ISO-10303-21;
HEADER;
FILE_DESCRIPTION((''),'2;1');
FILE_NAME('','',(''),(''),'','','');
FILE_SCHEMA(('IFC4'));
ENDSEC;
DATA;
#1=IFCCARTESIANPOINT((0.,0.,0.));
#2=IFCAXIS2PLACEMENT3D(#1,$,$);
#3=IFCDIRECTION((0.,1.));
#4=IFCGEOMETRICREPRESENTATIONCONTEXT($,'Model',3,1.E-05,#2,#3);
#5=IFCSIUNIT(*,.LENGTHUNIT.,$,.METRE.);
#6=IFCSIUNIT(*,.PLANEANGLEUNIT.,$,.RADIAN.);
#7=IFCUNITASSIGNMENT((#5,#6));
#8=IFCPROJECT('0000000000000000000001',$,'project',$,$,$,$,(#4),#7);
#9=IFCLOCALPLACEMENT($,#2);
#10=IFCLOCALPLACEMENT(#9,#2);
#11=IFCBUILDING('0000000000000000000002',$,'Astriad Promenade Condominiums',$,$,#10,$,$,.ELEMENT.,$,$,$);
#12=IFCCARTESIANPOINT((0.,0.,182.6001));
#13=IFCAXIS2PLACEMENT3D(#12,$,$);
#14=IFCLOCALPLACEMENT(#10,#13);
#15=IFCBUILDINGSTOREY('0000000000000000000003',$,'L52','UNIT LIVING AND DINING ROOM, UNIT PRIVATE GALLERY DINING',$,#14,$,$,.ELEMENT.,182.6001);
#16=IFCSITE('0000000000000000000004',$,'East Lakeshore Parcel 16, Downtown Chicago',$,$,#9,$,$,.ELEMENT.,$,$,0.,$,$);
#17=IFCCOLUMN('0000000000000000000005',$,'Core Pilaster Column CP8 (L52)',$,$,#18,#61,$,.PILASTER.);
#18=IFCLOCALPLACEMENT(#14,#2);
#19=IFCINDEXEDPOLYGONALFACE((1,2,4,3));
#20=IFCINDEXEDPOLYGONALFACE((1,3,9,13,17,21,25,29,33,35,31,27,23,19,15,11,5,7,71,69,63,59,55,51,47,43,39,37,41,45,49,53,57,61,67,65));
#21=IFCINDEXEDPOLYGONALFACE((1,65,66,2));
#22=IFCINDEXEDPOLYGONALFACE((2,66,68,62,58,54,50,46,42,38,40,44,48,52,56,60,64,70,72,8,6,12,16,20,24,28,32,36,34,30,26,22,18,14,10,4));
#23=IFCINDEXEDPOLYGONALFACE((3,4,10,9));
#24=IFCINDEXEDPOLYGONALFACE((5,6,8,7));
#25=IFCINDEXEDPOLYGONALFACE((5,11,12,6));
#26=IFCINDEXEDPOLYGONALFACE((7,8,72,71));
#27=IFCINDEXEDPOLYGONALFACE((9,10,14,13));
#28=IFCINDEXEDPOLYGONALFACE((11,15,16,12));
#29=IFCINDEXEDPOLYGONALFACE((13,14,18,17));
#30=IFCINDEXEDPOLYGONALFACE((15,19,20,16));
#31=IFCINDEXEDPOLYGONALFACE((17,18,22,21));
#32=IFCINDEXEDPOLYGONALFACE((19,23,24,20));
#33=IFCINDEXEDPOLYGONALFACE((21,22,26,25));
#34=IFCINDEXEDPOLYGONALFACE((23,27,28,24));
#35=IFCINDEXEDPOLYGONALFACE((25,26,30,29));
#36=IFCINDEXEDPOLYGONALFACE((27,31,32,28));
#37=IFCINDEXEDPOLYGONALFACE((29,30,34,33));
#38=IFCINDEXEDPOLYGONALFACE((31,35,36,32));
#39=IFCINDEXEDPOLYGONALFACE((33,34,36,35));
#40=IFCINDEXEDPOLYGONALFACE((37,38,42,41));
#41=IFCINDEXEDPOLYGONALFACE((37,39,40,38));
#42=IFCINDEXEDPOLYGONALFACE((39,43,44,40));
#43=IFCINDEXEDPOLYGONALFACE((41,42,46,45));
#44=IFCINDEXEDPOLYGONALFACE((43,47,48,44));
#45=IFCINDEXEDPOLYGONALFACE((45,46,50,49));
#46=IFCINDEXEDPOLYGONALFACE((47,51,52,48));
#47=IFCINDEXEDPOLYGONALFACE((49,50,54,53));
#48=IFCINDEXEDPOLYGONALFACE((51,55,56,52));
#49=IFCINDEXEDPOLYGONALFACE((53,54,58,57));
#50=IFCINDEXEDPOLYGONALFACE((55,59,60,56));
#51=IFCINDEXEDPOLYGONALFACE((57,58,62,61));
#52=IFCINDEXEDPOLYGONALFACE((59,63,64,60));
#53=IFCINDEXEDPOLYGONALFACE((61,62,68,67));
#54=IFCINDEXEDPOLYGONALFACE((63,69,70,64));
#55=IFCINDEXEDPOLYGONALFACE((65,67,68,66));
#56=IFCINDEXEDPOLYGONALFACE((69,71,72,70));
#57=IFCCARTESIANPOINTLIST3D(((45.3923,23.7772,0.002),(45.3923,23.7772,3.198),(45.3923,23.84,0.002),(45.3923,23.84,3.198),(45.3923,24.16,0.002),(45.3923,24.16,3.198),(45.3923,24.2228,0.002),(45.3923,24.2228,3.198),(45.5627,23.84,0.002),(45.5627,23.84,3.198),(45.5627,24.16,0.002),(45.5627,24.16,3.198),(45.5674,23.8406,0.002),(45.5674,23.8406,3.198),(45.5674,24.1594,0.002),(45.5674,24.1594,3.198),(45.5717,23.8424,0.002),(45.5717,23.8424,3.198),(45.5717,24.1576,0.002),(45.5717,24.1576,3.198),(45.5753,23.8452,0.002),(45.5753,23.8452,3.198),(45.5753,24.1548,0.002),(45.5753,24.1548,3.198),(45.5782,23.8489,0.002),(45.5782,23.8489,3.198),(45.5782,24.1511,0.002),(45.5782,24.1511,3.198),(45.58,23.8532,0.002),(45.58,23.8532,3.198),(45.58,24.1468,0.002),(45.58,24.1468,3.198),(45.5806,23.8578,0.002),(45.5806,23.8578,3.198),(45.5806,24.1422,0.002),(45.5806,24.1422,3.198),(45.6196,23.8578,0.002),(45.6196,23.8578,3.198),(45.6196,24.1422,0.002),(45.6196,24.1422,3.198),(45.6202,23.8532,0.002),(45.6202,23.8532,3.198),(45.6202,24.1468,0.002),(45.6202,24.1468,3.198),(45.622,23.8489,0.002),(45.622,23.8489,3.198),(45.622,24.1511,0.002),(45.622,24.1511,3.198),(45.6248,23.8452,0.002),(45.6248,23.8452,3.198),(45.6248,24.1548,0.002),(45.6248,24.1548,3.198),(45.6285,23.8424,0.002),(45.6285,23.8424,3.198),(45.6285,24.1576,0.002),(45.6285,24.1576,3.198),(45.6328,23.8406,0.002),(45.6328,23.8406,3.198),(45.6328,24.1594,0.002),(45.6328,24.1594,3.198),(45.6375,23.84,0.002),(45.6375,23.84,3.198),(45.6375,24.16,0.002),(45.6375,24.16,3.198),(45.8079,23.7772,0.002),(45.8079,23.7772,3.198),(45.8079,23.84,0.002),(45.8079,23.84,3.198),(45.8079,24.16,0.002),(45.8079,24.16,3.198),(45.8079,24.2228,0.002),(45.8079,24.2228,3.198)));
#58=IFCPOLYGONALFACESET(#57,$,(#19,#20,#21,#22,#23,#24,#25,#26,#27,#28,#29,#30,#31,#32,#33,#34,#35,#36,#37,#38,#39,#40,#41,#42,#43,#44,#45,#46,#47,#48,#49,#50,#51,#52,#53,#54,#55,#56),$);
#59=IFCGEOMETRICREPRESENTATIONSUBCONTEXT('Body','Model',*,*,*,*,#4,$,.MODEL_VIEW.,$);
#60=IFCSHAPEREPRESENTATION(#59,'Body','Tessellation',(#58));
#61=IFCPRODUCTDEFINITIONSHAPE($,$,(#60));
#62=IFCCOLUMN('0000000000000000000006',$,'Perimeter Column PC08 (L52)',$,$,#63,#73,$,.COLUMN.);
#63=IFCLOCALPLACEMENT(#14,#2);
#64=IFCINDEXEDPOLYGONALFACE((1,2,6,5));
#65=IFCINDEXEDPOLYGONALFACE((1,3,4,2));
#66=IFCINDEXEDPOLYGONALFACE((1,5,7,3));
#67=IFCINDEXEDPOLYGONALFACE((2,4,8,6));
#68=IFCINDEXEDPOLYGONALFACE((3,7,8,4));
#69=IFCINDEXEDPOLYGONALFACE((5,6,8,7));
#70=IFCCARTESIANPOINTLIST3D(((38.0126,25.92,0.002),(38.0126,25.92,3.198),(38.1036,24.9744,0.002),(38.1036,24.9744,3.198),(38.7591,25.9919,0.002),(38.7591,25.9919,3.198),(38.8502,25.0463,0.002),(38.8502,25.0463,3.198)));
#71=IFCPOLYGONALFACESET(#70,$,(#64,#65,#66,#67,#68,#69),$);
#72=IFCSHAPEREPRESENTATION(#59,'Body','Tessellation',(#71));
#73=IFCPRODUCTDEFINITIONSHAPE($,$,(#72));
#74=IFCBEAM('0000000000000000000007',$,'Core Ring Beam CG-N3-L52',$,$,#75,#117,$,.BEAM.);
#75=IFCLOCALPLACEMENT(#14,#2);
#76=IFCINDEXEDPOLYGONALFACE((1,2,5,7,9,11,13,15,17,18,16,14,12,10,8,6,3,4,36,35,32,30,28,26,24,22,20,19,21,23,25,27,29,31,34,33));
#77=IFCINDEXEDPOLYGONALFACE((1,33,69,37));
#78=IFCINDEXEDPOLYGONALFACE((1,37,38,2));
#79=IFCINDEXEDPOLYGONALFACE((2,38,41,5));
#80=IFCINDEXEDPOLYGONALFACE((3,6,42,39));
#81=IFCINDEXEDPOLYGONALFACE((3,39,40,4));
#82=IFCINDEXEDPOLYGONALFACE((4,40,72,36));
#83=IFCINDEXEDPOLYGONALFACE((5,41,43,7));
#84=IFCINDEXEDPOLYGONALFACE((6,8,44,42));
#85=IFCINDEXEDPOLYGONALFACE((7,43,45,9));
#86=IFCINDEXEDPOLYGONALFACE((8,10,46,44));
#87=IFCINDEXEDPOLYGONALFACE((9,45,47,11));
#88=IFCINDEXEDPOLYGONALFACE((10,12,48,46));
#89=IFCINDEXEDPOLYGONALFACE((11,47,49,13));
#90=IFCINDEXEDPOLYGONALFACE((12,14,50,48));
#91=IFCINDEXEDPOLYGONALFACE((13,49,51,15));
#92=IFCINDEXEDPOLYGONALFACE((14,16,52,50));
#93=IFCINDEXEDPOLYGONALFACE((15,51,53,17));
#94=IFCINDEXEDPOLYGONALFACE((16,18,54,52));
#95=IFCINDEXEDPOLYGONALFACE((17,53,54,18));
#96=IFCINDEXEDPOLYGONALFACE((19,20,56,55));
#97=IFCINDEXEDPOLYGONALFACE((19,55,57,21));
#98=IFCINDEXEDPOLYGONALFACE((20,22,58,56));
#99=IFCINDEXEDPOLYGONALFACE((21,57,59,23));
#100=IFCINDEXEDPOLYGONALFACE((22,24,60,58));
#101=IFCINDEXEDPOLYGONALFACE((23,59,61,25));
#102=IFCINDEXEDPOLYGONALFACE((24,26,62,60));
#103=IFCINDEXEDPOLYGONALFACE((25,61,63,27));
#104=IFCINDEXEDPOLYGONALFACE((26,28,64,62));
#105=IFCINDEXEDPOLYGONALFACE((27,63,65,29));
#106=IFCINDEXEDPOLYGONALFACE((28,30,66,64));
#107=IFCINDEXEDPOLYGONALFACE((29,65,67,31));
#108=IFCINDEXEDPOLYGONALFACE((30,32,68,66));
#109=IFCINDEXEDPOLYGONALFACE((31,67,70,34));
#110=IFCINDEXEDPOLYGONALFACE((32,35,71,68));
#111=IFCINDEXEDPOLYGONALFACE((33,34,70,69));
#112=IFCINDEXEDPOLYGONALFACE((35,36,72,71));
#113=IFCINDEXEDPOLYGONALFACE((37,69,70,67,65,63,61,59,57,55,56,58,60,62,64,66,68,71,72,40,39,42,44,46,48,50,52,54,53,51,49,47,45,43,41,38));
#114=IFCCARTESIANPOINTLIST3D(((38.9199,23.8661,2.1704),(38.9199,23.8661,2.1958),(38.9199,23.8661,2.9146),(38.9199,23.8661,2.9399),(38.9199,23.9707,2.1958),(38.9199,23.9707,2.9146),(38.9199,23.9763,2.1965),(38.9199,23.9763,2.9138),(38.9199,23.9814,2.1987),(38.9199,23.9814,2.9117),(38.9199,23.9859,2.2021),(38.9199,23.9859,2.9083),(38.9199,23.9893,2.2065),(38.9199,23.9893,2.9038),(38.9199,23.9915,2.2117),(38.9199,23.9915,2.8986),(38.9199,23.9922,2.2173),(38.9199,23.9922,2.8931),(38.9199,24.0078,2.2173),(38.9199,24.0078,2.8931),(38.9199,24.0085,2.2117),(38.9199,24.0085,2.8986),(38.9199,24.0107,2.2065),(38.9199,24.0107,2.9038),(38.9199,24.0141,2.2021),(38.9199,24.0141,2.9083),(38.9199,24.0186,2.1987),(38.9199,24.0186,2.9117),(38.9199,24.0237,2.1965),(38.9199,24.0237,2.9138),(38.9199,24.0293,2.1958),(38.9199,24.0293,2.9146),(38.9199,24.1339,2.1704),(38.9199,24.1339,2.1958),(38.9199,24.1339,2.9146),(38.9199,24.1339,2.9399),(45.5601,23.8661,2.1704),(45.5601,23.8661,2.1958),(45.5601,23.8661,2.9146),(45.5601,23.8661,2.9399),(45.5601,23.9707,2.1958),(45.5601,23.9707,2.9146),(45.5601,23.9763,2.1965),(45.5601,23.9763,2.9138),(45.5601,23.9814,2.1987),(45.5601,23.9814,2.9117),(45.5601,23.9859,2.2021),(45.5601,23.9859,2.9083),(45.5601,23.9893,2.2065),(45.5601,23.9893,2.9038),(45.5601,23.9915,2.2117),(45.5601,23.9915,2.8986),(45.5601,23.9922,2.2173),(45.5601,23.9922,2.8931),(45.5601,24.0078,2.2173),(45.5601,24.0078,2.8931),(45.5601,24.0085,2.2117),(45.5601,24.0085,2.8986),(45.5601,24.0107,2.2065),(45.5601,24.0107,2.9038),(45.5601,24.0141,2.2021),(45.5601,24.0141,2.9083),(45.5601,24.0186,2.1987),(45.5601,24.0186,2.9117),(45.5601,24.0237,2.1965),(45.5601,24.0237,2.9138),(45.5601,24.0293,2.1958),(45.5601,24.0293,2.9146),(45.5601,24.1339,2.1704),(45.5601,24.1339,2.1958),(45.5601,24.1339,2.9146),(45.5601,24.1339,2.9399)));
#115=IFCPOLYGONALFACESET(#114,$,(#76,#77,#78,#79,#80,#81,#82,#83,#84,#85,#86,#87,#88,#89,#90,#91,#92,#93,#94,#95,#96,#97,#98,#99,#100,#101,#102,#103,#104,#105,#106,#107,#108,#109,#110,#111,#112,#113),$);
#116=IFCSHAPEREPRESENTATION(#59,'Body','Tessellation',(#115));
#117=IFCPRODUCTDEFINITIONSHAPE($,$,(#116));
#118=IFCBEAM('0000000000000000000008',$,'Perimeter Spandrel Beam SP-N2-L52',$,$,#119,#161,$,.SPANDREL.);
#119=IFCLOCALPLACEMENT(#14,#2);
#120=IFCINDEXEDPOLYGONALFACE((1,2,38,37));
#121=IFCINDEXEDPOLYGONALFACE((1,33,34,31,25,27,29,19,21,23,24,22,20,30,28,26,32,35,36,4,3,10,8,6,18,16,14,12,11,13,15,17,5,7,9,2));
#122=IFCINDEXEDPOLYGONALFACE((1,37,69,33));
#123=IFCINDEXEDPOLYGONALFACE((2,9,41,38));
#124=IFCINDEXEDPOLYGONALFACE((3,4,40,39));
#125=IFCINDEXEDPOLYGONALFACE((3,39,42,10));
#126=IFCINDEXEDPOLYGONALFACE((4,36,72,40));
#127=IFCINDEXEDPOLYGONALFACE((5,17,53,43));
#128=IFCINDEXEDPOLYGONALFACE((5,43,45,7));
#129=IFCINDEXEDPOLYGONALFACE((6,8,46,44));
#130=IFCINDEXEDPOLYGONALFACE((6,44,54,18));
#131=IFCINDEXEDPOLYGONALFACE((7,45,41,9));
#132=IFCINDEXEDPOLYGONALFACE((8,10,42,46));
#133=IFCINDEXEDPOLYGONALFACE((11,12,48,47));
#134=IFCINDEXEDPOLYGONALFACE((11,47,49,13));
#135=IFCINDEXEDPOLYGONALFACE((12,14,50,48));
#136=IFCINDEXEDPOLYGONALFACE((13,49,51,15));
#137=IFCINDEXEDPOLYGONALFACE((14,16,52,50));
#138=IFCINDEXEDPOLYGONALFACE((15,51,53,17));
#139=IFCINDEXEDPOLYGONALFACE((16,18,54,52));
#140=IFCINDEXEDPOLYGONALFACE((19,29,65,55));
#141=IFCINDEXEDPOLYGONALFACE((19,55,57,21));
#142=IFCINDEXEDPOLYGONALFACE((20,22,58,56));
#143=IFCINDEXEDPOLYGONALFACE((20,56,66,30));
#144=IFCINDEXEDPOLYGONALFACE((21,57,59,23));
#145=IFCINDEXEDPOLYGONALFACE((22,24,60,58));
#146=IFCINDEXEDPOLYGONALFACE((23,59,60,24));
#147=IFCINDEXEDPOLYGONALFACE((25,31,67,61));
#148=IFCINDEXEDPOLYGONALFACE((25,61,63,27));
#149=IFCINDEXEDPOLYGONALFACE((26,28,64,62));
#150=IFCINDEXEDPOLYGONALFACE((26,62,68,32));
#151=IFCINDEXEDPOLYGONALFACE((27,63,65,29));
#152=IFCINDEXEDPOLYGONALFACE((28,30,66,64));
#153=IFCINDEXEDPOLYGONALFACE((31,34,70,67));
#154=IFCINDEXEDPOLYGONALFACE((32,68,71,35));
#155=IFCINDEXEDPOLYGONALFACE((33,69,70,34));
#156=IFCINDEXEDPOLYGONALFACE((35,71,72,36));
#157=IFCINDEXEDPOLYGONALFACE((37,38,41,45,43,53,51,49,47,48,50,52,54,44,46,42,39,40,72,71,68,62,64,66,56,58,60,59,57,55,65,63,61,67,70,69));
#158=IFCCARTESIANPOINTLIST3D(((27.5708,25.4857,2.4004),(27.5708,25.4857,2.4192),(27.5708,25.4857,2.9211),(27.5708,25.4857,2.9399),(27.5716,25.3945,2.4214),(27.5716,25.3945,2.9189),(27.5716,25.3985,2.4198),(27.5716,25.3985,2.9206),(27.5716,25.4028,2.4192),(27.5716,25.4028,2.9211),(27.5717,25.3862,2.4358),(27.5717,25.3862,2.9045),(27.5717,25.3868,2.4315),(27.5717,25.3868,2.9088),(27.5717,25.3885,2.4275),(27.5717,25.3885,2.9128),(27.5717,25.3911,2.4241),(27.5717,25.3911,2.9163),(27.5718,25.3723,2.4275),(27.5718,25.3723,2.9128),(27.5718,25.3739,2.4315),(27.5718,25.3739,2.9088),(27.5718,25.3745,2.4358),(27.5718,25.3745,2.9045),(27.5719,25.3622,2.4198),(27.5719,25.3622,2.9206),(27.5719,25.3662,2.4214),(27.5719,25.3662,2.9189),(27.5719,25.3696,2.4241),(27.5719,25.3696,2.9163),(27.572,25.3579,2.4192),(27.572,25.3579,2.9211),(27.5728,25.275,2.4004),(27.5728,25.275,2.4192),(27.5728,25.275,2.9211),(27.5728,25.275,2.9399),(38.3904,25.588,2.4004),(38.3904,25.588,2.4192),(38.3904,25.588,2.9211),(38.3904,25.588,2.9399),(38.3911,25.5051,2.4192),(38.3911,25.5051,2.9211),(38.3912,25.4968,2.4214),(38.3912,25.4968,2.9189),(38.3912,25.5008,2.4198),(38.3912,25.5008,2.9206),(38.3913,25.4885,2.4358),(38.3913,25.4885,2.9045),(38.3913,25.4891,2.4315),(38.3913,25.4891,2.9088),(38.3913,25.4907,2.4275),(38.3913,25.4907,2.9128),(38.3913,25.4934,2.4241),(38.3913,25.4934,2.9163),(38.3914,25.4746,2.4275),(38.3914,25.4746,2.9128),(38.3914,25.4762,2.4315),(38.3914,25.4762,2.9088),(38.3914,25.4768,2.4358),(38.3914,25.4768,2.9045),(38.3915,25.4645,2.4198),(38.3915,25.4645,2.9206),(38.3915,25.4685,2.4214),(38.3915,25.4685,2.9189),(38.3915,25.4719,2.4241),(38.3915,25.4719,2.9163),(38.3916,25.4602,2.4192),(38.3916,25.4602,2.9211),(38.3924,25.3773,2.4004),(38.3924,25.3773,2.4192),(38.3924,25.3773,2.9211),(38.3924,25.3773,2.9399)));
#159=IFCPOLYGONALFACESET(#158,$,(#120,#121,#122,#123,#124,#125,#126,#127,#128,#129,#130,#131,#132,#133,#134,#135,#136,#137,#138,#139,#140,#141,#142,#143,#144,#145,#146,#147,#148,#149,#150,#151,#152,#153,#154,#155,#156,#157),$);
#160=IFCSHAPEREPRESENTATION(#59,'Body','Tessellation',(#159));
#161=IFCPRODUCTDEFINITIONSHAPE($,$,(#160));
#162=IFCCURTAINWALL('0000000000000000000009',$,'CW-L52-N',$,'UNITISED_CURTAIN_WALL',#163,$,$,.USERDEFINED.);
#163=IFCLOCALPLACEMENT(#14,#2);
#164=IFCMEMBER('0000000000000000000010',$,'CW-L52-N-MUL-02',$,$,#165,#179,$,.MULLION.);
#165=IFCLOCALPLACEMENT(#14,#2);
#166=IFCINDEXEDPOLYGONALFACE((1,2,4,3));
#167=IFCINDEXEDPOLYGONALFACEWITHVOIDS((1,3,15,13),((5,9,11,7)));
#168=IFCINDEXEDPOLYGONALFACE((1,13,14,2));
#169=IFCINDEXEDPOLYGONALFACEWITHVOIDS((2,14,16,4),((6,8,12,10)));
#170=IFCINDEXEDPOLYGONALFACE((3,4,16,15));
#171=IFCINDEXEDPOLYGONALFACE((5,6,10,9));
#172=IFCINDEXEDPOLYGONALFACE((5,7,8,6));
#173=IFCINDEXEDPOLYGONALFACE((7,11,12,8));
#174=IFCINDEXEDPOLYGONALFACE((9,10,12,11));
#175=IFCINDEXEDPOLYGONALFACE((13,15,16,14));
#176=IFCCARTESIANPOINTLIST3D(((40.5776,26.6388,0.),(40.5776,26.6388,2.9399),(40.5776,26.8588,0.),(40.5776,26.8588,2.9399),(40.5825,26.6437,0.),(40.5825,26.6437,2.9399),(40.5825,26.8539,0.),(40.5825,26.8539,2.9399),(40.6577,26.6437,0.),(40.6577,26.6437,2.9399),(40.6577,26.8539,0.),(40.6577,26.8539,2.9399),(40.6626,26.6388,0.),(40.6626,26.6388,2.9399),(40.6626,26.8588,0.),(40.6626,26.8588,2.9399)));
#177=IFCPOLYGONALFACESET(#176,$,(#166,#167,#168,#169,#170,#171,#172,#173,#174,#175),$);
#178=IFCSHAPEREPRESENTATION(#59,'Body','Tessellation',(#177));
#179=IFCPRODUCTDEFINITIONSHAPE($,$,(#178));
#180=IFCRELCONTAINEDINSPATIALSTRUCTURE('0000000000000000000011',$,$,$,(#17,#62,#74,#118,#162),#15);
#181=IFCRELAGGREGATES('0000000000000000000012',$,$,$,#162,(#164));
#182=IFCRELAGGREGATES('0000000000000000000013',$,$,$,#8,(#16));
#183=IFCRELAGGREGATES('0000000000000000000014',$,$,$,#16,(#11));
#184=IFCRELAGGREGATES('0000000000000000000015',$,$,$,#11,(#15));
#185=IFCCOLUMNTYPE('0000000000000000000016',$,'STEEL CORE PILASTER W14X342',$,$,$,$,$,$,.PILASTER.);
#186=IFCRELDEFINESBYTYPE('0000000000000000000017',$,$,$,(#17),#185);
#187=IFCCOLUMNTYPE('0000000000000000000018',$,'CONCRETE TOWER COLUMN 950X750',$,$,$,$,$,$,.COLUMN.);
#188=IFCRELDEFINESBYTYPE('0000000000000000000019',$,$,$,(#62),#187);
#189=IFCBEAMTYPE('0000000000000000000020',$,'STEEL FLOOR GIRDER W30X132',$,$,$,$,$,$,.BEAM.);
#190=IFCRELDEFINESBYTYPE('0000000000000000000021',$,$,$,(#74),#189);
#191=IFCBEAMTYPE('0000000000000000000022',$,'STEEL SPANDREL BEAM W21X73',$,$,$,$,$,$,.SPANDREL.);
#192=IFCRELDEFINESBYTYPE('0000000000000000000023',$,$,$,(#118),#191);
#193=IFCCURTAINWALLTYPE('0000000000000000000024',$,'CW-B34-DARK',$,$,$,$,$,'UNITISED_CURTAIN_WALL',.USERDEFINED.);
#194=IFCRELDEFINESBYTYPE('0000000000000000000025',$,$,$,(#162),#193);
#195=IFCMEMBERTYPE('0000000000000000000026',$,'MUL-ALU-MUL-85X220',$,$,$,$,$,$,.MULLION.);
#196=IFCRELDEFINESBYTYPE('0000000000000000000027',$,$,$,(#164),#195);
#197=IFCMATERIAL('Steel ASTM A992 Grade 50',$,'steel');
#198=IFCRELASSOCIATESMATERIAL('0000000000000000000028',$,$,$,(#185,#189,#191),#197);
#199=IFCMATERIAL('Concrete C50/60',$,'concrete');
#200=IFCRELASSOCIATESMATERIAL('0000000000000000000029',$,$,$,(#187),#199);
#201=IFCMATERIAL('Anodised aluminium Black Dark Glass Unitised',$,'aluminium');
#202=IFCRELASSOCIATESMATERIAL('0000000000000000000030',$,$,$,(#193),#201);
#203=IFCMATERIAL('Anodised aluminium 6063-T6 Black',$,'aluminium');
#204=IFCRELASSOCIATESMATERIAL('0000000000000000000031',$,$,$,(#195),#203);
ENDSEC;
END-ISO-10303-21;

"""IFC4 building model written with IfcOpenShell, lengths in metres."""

from ifc_helpers import new_model, si_unit, direction, frame, origin, origin_2d, place, context, subcontext, project, spatial, rectangle, hollow_rectangle, i_section, extrude, source, transform, mapped, material, material_profile, profile_set, type_object, type_shapes, element, aggregate, save


model = new_model("IFC4")

# Units and contexts
model_context = context("Model", 3, precision=1e-05, world=origin(), true_north=direction((0.0, 1.0)))
body_context = subcontext(model_context, "Body", "Model", "MODEL_VIEW")
ifc_project = project(units=[si_unit("LENGTHUNIT", "METRE"), si_unit("PLANEANGLEUNIT", "RADIAN")], contexts=[model_context])

# Site, building, storey
site_placement = place(None, origin())
site = spatial("IfcSite", under=ifc_project, at=site_placement, Name="East Lakeshore Parcel 16, Downtown Chicago", CompositionType="ELEMENT", RefElevation=0.0)
building_placement = place(site_placement, origin())
building = spatial("IfcBuilding", under=site, at=building_placement, Name="Astriad Promenade Condominiums", CompositionType="ELEMENT")
storey_placement = place(building_placement, frame((0.0, 0.0, 182.6001)))
storey = spatial("IfcBuildingStorey", under=building, at=storey_placement, Name="L52", Description="UNIT LIVING AND DINING ROOM, UNIT PRIVATE GALLERY DINING", CompositionType="ELEMENT", Elevation=182.6001)

# Columns
ifc_material_1 = material(Name="Steel ASTM A992 Grade 50", Category="steel")
ifc_material_profile_1 = material_profile(ifc_material_1, i_section(OverallWidth=0.4155, OverallDepth=0.4456, WebThickness=0.0391, FlangeThickness=0.0627, FilletRadius=0.0178, at=origin_2d()), Name="W14X342")
ifc_profile_set_1 = profile_set([ifc_material_profile_1], Name="Steel ASTM A992 Grade 50")
column_type_1 = type_object("IfcColumnType", Name="STEEL CORE PILASTER W14X342", PredefinedType="PILASTER", material=ifc_profile_set_1)
shared_shape_1 = source(origin(), body_context, "Body", "SweptSolid", [
    extrude(i_section(OverallWidth=0.4155, OverallDepth=0.4456, WebThickness=0.0391, FlangeThickness=0.0627, FilletRadius=0.0178, at=origin_2d()), origin(), (0.0, 0.0, 1.0), 3.196),
])
type_shapes(column_type_1, [shared_shape_1])
column_1_placement = place(storey_placement, frame((45.6001, 24.0, 0.002), z_axis=(0.0, 0.0, 1.0), x_axis=(1.0, 0.0, 0.0)))
element("IfcColumn", 1, at=column_1_placement, inside=storey, type_object=column_type_1, Name="Core Pilaster Column CP8 (L52)", PredefinedType="PILASTER", context=body_context, shape_type="MappedRepresentation", body=[
    mapped(shared_shape_1, transform((0.0, 0.0, 0.0), scale=1.0)),
])
ifc_material_2 = material(Name="Concrete C50/60", Category="concrete")
ifc_material_profile_2 = material_profile(ifc_material_2, rectangle(XDim=0.75, YDim=0.95, at=origin_2d()), Name="RC-COL-950X750")
ifc_profile_set_2 = profile_set([ifc_material_profile_2], Name="Concrete C50/60")
column_type_2 = type_object("IfcColumnType", Name="CONCRETE TOWER COLUMN 950X750", PredefinedType="COLUMN", material=ifc_profile_set_2)
shared_shape_2 = source(origin(), body_context, "Body", "SweptSolid", [
    extrude(rectangle(XDim=0.75, YDim=0.95, at=origin_2d()), origin(), (0.0, 0.0, 1.0), 3.196),
])
type_shapes(column_type_2, [shared_shape_2])
column_2_placement = place(storey_placement, frame((38.4314, 25.4832, 0.002), z_axis=(0.0, 0.0, 1.0), x_axis=(0.995396, 0.095846, 0.0)))
element("IfcColumn", 2, at=column_2_placement, inside=storey, type_object=column_type_2, Name="Perimeter Column PC08 (L52)", PredefinedType="COLUMN", context=body_context, shape_type="MappedRepresentation", body=[
    mapped(shared_shape_2, transform((0.0, 0.0, 0.0), scale=1.0)),
])

# Beams
ifc_material_profile_3 = material_profile(ifc_material_1, i_section(OverallWidth=0.2678, OverallDepth=0.7695, WebThickness=0.0156, FlangeThickness=0.0254, FilletRadius=0.0215, at=origin_2d()), Name="W30X132")
ifc_profile_set_3 = profile_set([ifc_material_profile_3], Name="Steel ASTM A992 Grade 50")
beam_type_1 = type_object("IfcBeamType", Name="STEEL FLOOR GIRDER W30X132", PredefinedType="BEAM", material=ifc_profile_set_3)
shared_shape_3 = source(origin(), body_context, "Body", "SweptSolid", [
    extrude(i_section(OverallWidth=0.2678, OverallDepth=0.7695, WebThickness=0.0156, FlangeThickness=0.0254, FilletRadius=0.0215, at=origin_2d()), origin(), (0.0, 0.0, 1.0), 6.6401),
])
type_shapes(beam_type_1, [shared_shape_3])
beam_1_placement = place(storey_placement, frame((38.9199, 24.0, 2.5552), z_axis=(1.0, 0.0, 0.0), x_axis=(0.0, 1.0, 0.0)))
element("IfcBeam", 3, at=beam_1_placement, inside=storey, type_object=beam_type_1, Name="Core Ring Beam CG-N3-L52", PredefinedType="BEAM", context=body_context, shape_type="MappedRepresentation", body=[
    mapped(shared_shape_3, transform((0.0, 0.0, 0.0), scale=1.0)),
])
ifc_material_profile_4 = material_profile(ifc_material_1, i_section(OverallWidth=0.2107, OverallDepth=0.5396, WebThickness=0.0117, FlangeThickness=0.0188, FilletRadius=0.0166, at=origin_2d()), Name="W21X73")
ifc_profile_set_4 = profile_set([ifc_material_profile_4], Name="Steel ASTM A992 Grade 50")
beam_type_2 = type_object("IfcBeamType", Name="STEEL SPANDREL BEAM W21X73", PredefinedType="SPANDREL", material=ifc_profile_set_4)
shared_shape_4 = source(origin(), body_context, "Body", "SweptSolid", [
    extrude(i_section(OverallWidth=0.2107, OverallDepth=0.5396, WebThickness=0.0117, FlangeThickness=0.0188, FilletRadius=0.0166, at=origin_2d()), origin(), (0.0, 0.0, 1.0), 10.8201),
])
type_shapes(beam_type_2, [shared_shape_4])
beam_2_placement = place(storey_placement, frame((38.3914, 25.4827, 2.6702), z_axis=(-0.999955, -0.009454, 0.0), x_axis=(0.009454, -0.999955, 0.0)))
element("IfcBeam", 4, at=beam_2_placement, inside=storey, type_object=beam_type_2, Name="Perimeter Spandrel Beam SP-N2-L52", PredefinedType="SPANDREL", context=body_context, shape_type="MappedRepresentation", body=[
    mapped(shared_shape_4, transform((0.0, 0.0, 0.0), scale=1.0)),
])

# Curtain wall, member
ifc_material_3 = material(Name="Anodised aluminium Black Dark Glass Unitised", Category="aluminium")
curtain_wall_type = type_object("IfcCurtainWallType", Name="CW-B34-DARK", ElementType="UNITISED_CURTAIN_WALL", PredefinedType="USERDEFINED", material=ifc_material_3)
curtain_wall_placement = place(storey_placement, origin())
curtain_wall = element("IfcCurtainWall", 5, at=curtain_wall_placement, inside=storey, type_object=curtain_wall_type, Name="CW-L52-N", ObjectType="UNITISED_CURTAIN_WALL", PredefinedType="USERDEFINED")
ifc_material_4 = material(Name="Anodised aluminium 6063-T6 Black", Category="aluminium")
ifc_material_profile_5 = material_profile(ifc_material_4, hollow_rectangle(XDim=0.085, YDim=0.22, WallThickness=0.0049, at=origin_2d()), Name="ALU-MUL-85X220")
ifc_profile_set_5 = profile_set([ifc_material_profile_5], Name="Anodised aluminium 6063-T6 Black")
member_type_1 = type_object("IfcMemberType", Name="MUL-ALU-MUL-85X220", PredefinedType="MULLION", material=ifc_profile_set_5)
shared_shape_5 = source(origin(), body_context, "Body", "SweptSolid", [
    extrude(hollow_rectangle(XDim=0.085, YDim=0.22, WallThickness=0.0049, at=origin_2d()), origin(), (0.0, 0.0, 1.0), 2.9399),
])
type_shapes(member_type_1, [shared_shape_5])
member_1_placement = place(storey_placement, frame((40.6201, 26.7488, 0.0), z_axis=(0.0, 0.0, 1.0), x_axis=(1.0, 0.0, 0.0)))
member_1 = element("IfcMember", 6, at=member_1_placement, type_object=member_type_1, Name="CW-L52-N-MUL-02", PredefinedType="MULLION", context=body_context, shape_type="MappedRepresentation", body=[
    mapped(shared_shape_5, transform((0.0, 0.0, 0.0), scale=1.0)),
])
aggregate(curtain_wall, [member_1])

save(model, "model.ifc")
